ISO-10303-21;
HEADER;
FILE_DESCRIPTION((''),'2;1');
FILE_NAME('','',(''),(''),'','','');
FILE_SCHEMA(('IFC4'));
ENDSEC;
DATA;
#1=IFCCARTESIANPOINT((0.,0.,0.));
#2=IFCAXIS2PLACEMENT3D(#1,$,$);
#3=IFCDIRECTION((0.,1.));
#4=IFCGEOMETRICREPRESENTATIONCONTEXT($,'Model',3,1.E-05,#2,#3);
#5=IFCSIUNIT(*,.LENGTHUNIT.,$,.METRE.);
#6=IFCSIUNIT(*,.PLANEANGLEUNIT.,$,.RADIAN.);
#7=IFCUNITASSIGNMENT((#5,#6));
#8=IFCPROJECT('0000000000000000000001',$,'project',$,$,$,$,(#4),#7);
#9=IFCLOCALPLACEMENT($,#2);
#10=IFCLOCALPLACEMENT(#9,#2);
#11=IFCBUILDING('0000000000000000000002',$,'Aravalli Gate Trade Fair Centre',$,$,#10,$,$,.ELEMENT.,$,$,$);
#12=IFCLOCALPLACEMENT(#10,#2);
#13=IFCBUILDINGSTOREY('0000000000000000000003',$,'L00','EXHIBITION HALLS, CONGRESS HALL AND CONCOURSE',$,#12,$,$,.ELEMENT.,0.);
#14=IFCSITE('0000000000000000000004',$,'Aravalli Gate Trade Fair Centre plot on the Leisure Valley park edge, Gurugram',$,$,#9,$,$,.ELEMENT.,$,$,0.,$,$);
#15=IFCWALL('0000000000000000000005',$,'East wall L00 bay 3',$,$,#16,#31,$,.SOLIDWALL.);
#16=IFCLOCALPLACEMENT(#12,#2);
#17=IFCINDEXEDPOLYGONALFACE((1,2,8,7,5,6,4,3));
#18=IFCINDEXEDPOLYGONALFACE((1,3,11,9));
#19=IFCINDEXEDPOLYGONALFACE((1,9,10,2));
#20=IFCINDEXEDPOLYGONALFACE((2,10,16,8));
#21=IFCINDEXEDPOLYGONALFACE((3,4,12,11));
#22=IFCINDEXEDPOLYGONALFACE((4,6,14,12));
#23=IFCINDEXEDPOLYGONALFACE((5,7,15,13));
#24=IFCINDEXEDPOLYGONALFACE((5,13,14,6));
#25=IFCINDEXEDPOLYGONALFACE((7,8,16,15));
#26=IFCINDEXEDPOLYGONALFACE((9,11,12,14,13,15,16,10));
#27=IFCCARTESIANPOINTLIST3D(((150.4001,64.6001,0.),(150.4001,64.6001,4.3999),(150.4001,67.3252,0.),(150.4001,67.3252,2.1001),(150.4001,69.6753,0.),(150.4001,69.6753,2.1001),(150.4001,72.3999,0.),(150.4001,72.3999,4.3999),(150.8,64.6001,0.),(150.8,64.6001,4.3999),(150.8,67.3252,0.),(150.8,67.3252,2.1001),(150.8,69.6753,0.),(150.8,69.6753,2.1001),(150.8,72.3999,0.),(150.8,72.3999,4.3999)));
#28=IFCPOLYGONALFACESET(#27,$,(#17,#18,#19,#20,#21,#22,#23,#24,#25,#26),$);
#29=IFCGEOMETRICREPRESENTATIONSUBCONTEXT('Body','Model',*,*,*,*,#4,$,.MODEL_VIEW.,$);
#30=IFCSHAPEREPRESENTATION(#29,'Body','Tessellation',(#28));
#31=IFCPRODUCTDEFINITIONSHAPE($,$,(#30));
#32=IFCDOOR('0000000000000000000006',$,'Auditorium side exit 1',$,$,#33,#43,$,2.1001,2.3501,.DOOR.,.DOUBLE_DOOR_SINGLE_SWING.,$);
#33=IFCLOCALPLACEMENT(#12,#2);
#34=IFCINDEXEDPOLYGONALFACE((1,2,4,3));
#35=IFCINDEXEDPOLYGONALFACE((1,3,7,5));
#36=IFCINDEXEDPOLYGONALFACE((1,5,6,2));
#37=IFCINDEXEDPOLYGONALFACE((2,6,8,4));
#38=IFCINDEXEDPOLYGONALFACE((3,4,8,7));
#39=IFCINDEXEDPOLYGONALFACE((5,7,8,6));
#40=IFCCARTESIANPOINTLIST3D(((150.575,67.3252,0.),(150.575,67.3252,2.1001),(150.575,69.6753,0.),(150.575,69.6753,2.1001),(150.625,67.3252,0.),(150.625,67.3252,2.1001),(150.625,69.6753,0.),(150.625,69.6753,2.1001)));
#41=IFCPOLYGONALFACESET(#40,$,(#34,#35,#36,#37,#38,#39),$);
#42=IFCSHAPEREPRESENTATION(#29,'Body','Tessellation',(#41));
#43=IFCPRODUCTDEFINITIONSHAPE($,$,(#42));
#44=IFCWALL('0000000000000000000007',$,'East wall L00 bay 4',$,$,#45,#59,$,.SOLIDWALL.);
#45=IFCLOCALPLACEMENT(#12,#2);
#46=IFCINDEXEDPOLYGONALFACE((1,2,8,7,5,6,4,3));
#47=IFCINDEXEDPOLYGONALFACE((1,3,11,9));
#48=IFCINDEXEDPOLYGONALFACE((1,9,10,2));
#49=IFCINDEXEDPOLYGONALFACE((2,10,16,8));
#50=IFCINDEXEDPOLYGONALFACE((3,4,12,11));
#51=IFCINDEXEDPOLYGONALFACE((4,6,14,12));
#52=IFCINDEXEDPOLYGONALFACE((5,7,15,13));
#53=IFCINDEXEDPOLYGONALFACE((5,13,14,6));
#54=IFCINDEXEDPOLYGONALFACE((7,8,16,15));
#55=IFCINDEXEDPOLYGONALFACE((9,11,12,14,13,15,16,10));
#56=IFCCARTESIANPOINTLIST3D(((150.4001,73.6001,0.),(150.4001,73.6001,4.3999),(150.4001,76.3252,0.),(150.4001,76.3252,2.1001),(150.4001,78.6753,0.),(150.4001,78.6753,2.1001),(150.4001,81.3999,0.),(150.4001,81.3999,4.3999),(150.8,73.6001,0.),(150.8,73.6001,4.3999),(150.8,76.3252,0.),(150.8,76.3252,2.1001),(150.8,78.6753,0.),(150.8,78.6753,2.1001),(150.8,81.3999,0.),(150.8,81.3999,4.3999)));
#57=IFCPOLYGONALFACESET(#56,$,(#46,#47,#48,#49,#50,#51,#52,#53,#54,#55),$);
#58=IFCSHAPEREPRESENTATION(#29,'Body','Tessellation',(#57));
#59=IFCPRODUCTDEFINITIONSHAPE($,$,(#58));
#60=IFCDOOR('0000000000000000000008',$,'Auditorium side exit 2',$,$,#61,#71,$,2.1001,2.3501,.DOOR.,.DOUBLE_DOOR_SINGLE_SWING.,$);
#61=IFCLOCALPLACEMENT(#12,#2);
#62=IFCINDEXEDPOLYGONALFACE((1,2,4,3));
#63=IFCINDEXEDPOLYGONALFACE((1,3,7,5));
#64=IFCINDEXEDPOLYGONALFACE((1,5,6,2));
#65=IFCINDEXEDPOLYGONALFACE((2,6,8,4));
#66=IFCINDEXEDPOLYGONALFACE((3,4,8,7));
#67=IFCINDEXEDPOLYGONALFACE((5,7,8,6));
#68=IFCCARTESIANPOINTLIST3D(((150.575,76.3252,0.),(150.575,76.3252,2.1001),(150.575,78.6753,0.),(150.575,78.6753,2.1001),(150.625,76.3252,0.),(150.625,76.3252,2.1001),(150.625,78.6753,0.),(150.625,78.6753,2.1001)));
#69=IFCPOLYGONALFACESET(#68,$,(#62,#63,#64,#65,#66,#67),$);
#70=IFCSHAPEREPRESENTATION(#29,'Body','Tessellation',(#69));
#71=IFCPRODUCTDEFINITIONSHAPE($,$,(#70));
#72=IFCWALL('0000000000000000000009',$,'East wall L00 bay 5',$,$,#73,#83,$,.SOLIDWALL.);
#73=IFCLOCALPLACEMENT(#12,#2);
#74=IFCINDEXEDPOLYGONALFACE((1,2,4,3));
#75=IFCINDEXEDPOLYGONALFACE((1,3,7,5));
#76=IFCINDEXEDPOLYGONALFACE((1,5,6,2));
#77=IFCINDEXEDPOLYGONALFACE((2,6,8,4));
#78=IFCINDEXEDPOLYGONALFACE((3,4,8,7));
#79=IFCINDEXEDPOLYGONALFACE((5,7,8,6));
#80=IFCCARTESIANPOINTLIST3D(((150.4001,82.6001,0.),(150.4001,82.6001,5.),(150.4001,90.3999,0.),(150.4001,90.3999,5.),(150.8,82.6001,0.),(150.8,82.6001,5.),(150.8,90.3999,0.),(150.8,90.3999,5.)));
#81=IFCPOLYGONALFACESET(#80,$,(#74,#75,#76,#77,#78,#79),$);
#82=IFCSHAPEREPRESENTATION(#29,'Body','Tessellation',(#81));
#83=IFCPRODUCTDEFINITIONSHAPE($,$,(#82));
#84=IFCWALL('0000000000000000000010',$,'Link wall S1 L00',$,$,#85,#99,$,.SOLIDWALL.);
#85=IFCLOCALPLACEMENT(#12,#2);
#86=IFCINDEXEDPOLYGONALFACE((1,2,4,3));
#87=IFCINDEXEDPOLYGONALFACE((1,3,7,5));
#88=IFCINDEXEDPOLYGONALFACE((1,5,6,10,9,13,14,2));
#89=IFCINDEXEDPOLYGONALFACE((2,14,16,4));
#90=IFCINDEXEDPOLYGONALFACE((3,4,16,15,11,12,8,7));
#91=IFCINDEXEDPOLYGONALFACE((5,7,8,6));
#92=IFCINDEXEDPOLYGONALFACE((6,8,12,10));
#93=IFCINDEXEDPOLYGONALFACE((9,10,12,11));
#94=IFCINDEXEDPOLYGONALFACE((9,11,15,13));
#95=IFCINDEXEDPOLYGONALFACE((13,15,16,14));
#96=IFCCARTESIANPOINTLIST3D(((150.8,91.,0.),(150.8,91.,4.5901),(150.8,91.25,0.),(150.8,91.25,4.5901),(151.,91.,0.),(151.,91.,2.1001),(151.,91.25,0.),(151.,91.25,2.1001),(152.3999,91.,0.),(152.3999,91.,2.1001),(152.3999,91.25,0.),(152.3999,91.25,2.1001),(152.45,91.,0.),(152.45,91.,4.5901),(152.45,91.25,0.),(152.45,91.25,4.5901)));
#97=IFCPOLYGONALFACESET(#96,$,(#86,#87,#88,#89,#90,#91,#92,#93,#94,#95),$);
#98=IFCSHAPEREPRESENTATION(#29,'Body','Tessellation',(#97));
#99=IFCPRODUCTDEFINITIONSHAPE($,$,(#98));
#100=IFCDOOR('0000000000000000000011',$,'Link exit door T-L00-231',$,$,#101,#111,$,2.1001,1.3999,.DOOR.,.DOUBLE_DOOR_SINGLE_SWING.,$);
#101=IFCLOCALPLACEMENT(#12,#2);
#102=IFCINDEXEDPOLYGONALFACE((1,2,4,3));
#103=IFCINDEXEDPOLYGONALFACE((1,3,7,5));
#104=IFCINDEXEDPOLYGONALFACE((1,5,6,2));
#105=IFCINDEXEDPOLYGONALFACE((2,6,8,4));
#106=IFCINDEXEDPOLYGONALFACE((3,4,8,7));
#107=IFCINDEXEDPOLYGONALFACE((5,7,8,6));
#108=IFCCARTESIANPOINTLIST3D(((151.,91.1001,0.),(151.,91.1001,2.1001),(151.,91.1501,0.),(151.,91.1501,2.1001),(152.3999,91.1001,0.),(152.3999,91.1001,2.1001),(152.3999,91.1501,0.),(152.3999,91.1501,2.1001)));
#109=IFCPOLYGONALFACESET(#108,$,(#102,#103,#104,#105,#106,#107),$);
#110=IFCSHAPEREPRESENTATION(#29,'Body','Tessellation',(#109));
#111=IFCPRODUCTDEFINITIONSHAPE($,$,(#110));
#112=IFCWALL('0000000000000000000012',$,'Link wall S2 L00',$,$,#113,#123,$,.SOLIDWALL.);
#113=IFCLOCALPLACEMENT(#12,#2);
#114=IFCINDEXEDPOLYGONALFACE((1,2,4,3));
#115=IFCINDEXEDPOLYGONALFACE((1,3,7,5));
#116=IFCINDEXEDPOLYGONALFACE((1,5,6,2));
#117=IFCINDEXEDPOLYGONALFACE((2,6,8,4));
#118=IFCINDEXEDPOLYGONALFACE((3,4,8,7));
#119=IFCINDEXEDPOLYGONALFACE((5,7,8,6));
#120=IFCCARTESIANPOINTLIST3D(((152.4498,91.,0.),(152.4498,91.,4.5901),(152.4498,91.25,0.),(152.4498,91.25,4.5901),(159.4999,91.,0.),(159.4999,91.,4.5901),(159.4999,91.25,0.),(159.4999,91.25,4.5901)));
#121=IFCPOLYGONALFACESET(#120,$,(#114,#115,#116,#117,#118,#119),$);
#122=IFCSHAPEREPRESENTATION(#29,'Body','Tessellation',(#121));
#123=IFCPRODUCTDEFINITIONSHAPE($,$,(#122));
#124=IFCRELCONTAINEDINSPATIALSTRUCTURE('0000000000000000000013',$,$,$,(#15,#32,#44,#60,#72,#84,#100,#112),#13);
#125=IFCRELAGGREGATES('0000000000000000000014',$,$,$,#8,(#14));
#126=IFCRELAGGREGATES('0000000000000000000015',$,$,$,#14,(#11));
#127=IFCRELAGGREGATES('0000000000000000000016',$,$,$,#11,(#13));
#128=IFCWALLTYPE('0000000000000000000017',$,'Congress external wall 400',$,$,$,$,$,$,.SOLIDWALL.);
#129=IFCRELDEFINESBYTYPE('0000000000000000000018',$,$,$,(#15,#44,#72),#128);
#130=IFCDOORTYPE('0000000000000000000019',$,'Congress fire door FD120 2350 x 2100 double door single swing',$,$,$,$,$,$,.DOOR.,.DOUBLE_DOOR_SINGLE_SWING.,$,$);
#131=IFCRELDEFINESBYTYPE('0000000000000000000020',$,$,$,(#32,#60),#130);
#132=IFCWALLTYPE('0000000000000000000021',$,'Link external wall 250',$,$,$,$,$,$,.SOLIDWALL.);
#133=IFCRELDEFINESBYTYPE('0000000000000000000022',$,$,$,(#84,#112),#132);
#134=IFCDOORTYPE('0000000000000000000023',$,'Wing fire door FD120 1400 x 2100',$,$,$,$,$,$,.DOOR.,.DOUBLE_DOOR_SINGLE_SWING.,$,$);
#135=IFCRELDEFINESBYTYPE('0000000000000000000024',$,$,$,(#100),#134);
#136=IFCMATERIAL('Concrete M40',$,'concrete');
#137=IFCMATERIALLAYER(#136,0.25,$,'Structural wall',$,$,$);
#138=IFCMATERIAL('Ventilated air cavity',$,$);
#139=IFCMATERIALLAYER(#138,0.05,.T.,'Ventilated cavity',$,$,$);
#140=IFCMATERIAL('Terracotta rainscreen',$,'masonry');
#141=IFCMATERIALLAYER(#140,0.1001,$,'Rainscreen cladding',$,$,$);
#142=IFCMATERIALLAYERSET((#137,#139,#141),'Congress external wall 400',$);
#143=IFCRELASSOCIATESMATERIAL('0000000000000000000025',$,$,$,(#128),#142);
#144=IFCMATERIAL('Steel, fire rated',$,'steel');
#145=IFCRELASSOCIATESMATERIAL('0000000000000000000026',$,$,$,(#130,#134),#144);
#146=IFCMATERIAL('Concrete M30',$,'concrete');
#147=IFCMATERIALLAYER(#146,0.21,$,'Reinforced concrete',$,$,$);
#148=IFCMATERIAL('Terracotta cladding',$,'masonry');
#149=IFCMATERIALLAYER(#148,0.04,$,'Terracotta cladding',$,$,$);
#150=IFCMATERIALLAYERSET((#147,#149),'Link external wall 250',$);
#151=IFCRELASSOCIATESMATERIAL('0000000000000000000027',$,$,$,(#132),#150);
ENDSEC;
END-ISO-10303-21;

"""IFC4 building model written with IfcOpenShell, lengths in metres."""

from ifc_helpers import new_model, si_unit, direction, frame, frame_2d, origin, place, context, subcontext, project, spatial, rectangle, extrude, material, layer, layer_set, type_object, element, fill, save


model = new_model("IFC4")

# Units and contexts
model_context = context("Model", 3, precision=1e-05, world=origin(), true_north=direction((0.0, 1.0)))
body_context = subcontext(model_context, "Body", "Model", "MODEL_VIEW")
ifc_project = project(units=[si_unit("LENGTHUNIT", "METRE"), si_unit("PLANEANGLEUNIT", "RADIAN")], contexts=[model_context])

# Site, building, storey
site_placement = place(None, origin())
site = spatial("IfcSite", under=ifc_project, at=site_placement, Name="Aravalli Gate Trade Fair Centre plot on the Leisure Valley park edge, Gurugram", CompositionType="ELEMENT", RefElevation=0.0)
building_placement = place(site_placement, origin())
building = spatial("IfcBuilding", under=site, at=building_placement, Name="Aravalli Gate Trade Fair Centre", CompositionType="ELEMENT")
storey_placement = place(building_placement, origin())
storey = spatial("IfcBuildingStorey", under=building, at=storey_placement, Name="L00", Description="EXHIBITION HALLS, CONGRESS HALL AND CONCOURSE", CompositionType="ELEMENT", Elevation=0.0)

# Shared definitions
ifc_material_1 = material(Name="Concrete M40", Category="concrete")

# Walls, openings, doors
ifc_layer_1 = layer(ifc_material_1, 0.25, Name="Structural wall")
ifc_material_2 = material(Name="Ventilated air cavity")
ifc_layer_2 = layer(ifc_material_2, 0.05, ventilated=True, Name="Ventilated cavity")
ifc_material_3 = material(Name="Terracotta rainscreen", Category="masonry")
ifc_layer_3 = layer(ifc_material_3, 0.1001, Name="Rainscreen cladding")
ifc_layer_set_1 = layer_set([ifc_layer_1, ifc_layer_2, ifc_layer_3], Name="Congress external wall 400")
wall_type_1 = type_object("IfcWallType", Name="Congress external wall 400", PredefinedType="SOLIDWALL", material=ifc_layer_set_1)
wall_1_placement = place(storey_placement, frame((150.6001, 64.6001, 0.0), z_axis=(0.0, 0.0, 1.0), x_axis=(0.0, 1.0, 0.0)))
wall_1 = element("IfcWall", 1, at=wall_1_placement, inside=storey, type_object=wall_type_1, Name="East wall L00 bay 3", PredefinedType="SOLIDWALL", context=body_context, shape_type="SweptSolid", body=[
    extrude(rectangle(XDim=7.7998, YDim=0.3999, at=frame_2d((3.8999, 0.0))), origin(), (0.0, 0.0, 1.0), 4.3999),
])
opening_1_placement = place(wall_1_placement, frame((2.7251, 0.0, 0.0)))
opening_1 = element("IfcOpeningElement", 2, at=opening_1_placement, cuts=wall_1, PredefinedType="OPENING", context=body_context, shape_type="SweptSolid", body=[
    extrude(rectangle(XDim=2.3501, YDim=2.1001, at=frame_2d((1.175, 1.05))), frame((0.0, 0.21, 0.0), z_axis=(0.0, -1.0, 0.0), x_axis=(1.0, 0.0, 0.0)), (0.0, 0.0, 1.0), 0.4199),
])
ifc_material_4 = material(Name="Steel, fire rated", Category="steel")
door_type_1 = type_object("IfcDoorType", Name="Congress fire door FD120 2350 x 2100 double door single swing", OperationType="DOUBLE_DOOR_SINGLE_SWING", PredefinedType="DOOR", material=ifc_material_4)
door_1_placement = place(opening_1_placement, frame((2.3501, 0.0, 0.0), z_axis=(0.0, 0.0, 1.0), x_axis=(-1.0, 0.0, 0.0)))
door_1 = element("IfcDoor", 3, at=door_1_placement, inside=storey, type_object=door_type_1, Name="Auditorium side exit 1", OperationType="DOUBLE_DOOR_SINGLE_SWING", OverallHeight=2.1001, OverallWidth=2.3501, PredefinedType="DOOR", context=body_context, shape_type="SweptSolid", body=[
    extrude(rectangle(XDim=2.3501, YDim=2.1001, at=frame_2d((1.175, 1.05))), frame((0.0, 0.0249, 0.0), z_axis=(0.0, -1.0, 0.0), x_axis=(1.0, 0.0, 0.0)), (0.0, 0.0, 1.0), 0.05),
])
fill(opening_1, door_1)
wall_2_placement = place(storey_placement, frame((150.6001, 73.6001, 0.0), z_axis=(0.0, 0.0, 1.0), x_axis=(0.0, 1.0, 0.0)))
wall_2 = element("IfcWall", 4, at=wall_2_placement, inside=storey, type_object=wall_type_1, Name="East wall L00 bay 4", PredefinedType="SOLIDWALL", context=body_context, shape_type="SweptSolid", body=[
    extrude(rectangle(XDim=7.7998, YDim=0.3999, at=frame_2d((3.8999, 0.0))), origin(), (0.0, 0.0, 1.0), 4.3999),
])
opening_2_placement = place(wall_2_placement, frame((2.7251, 0.0, 0.0)))
opening_2 = element("IfcOpeningElement", 5, at=opening_2_placement, cuts=wall_2, PredefinedType="OPENING", context=body_context, shape_type="SweptSolid", body=[
    extrude(rectangle(XDim=2.3501, YDim=2.1001, at=frame_2d((1.175, 1.05))), frame((0.0, 0.21, 0.0), z_axis=(0.0, -1.0, 0.0), x_axis=(1.0, 0.0, 0.0)), (0.0, 0.0, 1.0), 0.4199),
])
door_2_placement = place(opening_2_placement, frame((2.3501, 0.0, 0.0), z_axis=(0.0, 0.0, 1.0), x_axis=(-1.0, 0.0, 0.0)))
door_2 = element("IfcDoor", 6, at=door_2_placement, inside=storey, type_object=door_type_1, Name="Auditorium side exit 2", OperationType="DOUBLE_DOOR_SINGLE_SWING", OverallHeight=2.1001, OverallWidth=2.3501, PredefinedType="DOOR", context=body_context, shape_type="SweptSolid", body=[
    extrude(rectangle(XDim=2.3501, YDim=2.1001, at=frame_2d((1.175, 1.05))), frame((0.0, 0.0249, 0.0), z_axis=(0.0, -1.0, 0.0), x_axis=(1.0, 0.0, 0.0)), (0.0, 0.0, 1.0), 0.05),
])
fill(opening_2, door_2)

# Wall
wall_3_placement = place(storey_placement, frame((150.6001, 82.6001, 0.0), z_axis=(0.0, 0.0, 1.0), x_axis=(0.0, 1.0, 0.0)))
element("IfcWall", 7, at=wall_3_placement, inside=storey, type_object=wall_type_1, Name="East wall L00 bay 5", PredefinedType="SOLIDWALL", context=body_context, shape_type="SweptSolid", body=[
    extrude(rectangle(XDim=7.7998, YDim=0.3999, at=frame_2d((3.8999, 0.0))), origin(), (0.0, 0.0, 1.0), 5.0),
])

# Wall, opening, door
ifc_material_5 = material(Name="Concrete M30", Category="concrete")
ifc_layer_4 = layer(ifc_material_5, 0.21, Name="Reinforced concrete")
ifc_material_6 = material(Name="Terracotta cladding", Category="masonry")
ifc_layer_5 = layer(ifc_material_6, 0.04, Name="Terracotta cladding")
ifc_layer_set_2 = layer_set([ifc_layer_4, ifc_layer_5], Name="Link external wall 250")
wall_type_2 = type_object("IfcWallType", Name="Link external wall 250", PredefinedType="SOLIDWALL", material=ifc_layer_set_2)
wall_4_placement = place(storey_placement, frame((150.8, 91.125, 0.0), z_axis=(0.0, 0.0, 1.0), x_axis=(1.0, 0.0, 0.0)))
wall_4 = element("IfcWall", 8, at=wall_4_placement, inside=storey, type_object=wall_type_2, Name="Link wall S1 L00", PredefinedType="SOLIDWALL", context=body_context, shape_type="SweptSolid", body=[
    extrude(rectangle(XDim=1.6499, YDim=0.25, at=frame_2d((0.825, 0.0))), origin(), (0.0, 0.0, 1.0), 4.5901),
])
opening_3_placement = place(wall_4_placement, frame((0.2, 0.0, 0.0)))
opening_3 = element("IfcOpeningElement", 9, at=opening_3_placement, cuts=wall_4, PredefinedType="OPENING", context=body_context, shape_type="SweptSolid", body=[
    extrude(rectangle(XDim=1.3999, YDim=2.1001, at=frame_2d((0.7, 1.05))), frame((0.0, 0.135, 0.0), z_axis=(0.0, -1.0, 0.0), x_axis=(1.0, 0.0, 0.0)), (0.0, 0.0, 1.0), 0.27),
])
door_type_2 = type_object("IfcDoorType", Name="Wing fire door FD120 1400 x 2100", OperationType="DOUBLE_DOOR_SINGLE_SWING", PredefinedType="DOOR", material=ifc_material_4)
door_3_placement = place(opening_3_placement, frame((1.3999, 0.0, 0.0), z_axis=(0.0, 0.0, 1.0), x_axis=(-1.0, 0.0, 0.0)))
door_3 = element("IfcDoor", 10, at=door_3_placement, inside=storey, type_object=door_type_2, Name="Link exit door T-L00-231", OperationType="DOUBLE_DOOR_SINGLE_SWING", OverallHeight=2.1001, OverallWidth=1.3999, PredefinedType="DOOR", context=body_context, shape_type="SweptSolid", body=[
    extrude(rectangle(XDim=1.3999, YDim=2.1001, at=frame_2d((0.7, 1.05))), frame((0.0, 0.0249, 0.0), z_axis=(0.0, -1.0, 0.0), x_axis=(1.0, 0.0, 0.0)), (0.0, 0.0, 1.0), 0.05),
])
fill(opening_3, door_3)

# Wall
wall_5_placement = place(storey_placement, frame((152.45, 91.125, 0.0), z_axis=(0.0, 0.0, 1.0), x_axis=(1.0, 0.0, 0.0)))
element("IfcWall", 11, at=wall_5_placement, inside=storey, type_object=wall_type_2, Name="Link wall S2 L00", PredefinedType="SOLIDWALL", context=body_context, shape_type="SweptSolid", body=[
    extrude(rectangle(XDim=7.05, YDim=0.25, at=frame_2d((3.5249, 0.0))), origin(), (0.0, 0.0, 1.0), 4.5901),
])

save(model, "model.ifc")
